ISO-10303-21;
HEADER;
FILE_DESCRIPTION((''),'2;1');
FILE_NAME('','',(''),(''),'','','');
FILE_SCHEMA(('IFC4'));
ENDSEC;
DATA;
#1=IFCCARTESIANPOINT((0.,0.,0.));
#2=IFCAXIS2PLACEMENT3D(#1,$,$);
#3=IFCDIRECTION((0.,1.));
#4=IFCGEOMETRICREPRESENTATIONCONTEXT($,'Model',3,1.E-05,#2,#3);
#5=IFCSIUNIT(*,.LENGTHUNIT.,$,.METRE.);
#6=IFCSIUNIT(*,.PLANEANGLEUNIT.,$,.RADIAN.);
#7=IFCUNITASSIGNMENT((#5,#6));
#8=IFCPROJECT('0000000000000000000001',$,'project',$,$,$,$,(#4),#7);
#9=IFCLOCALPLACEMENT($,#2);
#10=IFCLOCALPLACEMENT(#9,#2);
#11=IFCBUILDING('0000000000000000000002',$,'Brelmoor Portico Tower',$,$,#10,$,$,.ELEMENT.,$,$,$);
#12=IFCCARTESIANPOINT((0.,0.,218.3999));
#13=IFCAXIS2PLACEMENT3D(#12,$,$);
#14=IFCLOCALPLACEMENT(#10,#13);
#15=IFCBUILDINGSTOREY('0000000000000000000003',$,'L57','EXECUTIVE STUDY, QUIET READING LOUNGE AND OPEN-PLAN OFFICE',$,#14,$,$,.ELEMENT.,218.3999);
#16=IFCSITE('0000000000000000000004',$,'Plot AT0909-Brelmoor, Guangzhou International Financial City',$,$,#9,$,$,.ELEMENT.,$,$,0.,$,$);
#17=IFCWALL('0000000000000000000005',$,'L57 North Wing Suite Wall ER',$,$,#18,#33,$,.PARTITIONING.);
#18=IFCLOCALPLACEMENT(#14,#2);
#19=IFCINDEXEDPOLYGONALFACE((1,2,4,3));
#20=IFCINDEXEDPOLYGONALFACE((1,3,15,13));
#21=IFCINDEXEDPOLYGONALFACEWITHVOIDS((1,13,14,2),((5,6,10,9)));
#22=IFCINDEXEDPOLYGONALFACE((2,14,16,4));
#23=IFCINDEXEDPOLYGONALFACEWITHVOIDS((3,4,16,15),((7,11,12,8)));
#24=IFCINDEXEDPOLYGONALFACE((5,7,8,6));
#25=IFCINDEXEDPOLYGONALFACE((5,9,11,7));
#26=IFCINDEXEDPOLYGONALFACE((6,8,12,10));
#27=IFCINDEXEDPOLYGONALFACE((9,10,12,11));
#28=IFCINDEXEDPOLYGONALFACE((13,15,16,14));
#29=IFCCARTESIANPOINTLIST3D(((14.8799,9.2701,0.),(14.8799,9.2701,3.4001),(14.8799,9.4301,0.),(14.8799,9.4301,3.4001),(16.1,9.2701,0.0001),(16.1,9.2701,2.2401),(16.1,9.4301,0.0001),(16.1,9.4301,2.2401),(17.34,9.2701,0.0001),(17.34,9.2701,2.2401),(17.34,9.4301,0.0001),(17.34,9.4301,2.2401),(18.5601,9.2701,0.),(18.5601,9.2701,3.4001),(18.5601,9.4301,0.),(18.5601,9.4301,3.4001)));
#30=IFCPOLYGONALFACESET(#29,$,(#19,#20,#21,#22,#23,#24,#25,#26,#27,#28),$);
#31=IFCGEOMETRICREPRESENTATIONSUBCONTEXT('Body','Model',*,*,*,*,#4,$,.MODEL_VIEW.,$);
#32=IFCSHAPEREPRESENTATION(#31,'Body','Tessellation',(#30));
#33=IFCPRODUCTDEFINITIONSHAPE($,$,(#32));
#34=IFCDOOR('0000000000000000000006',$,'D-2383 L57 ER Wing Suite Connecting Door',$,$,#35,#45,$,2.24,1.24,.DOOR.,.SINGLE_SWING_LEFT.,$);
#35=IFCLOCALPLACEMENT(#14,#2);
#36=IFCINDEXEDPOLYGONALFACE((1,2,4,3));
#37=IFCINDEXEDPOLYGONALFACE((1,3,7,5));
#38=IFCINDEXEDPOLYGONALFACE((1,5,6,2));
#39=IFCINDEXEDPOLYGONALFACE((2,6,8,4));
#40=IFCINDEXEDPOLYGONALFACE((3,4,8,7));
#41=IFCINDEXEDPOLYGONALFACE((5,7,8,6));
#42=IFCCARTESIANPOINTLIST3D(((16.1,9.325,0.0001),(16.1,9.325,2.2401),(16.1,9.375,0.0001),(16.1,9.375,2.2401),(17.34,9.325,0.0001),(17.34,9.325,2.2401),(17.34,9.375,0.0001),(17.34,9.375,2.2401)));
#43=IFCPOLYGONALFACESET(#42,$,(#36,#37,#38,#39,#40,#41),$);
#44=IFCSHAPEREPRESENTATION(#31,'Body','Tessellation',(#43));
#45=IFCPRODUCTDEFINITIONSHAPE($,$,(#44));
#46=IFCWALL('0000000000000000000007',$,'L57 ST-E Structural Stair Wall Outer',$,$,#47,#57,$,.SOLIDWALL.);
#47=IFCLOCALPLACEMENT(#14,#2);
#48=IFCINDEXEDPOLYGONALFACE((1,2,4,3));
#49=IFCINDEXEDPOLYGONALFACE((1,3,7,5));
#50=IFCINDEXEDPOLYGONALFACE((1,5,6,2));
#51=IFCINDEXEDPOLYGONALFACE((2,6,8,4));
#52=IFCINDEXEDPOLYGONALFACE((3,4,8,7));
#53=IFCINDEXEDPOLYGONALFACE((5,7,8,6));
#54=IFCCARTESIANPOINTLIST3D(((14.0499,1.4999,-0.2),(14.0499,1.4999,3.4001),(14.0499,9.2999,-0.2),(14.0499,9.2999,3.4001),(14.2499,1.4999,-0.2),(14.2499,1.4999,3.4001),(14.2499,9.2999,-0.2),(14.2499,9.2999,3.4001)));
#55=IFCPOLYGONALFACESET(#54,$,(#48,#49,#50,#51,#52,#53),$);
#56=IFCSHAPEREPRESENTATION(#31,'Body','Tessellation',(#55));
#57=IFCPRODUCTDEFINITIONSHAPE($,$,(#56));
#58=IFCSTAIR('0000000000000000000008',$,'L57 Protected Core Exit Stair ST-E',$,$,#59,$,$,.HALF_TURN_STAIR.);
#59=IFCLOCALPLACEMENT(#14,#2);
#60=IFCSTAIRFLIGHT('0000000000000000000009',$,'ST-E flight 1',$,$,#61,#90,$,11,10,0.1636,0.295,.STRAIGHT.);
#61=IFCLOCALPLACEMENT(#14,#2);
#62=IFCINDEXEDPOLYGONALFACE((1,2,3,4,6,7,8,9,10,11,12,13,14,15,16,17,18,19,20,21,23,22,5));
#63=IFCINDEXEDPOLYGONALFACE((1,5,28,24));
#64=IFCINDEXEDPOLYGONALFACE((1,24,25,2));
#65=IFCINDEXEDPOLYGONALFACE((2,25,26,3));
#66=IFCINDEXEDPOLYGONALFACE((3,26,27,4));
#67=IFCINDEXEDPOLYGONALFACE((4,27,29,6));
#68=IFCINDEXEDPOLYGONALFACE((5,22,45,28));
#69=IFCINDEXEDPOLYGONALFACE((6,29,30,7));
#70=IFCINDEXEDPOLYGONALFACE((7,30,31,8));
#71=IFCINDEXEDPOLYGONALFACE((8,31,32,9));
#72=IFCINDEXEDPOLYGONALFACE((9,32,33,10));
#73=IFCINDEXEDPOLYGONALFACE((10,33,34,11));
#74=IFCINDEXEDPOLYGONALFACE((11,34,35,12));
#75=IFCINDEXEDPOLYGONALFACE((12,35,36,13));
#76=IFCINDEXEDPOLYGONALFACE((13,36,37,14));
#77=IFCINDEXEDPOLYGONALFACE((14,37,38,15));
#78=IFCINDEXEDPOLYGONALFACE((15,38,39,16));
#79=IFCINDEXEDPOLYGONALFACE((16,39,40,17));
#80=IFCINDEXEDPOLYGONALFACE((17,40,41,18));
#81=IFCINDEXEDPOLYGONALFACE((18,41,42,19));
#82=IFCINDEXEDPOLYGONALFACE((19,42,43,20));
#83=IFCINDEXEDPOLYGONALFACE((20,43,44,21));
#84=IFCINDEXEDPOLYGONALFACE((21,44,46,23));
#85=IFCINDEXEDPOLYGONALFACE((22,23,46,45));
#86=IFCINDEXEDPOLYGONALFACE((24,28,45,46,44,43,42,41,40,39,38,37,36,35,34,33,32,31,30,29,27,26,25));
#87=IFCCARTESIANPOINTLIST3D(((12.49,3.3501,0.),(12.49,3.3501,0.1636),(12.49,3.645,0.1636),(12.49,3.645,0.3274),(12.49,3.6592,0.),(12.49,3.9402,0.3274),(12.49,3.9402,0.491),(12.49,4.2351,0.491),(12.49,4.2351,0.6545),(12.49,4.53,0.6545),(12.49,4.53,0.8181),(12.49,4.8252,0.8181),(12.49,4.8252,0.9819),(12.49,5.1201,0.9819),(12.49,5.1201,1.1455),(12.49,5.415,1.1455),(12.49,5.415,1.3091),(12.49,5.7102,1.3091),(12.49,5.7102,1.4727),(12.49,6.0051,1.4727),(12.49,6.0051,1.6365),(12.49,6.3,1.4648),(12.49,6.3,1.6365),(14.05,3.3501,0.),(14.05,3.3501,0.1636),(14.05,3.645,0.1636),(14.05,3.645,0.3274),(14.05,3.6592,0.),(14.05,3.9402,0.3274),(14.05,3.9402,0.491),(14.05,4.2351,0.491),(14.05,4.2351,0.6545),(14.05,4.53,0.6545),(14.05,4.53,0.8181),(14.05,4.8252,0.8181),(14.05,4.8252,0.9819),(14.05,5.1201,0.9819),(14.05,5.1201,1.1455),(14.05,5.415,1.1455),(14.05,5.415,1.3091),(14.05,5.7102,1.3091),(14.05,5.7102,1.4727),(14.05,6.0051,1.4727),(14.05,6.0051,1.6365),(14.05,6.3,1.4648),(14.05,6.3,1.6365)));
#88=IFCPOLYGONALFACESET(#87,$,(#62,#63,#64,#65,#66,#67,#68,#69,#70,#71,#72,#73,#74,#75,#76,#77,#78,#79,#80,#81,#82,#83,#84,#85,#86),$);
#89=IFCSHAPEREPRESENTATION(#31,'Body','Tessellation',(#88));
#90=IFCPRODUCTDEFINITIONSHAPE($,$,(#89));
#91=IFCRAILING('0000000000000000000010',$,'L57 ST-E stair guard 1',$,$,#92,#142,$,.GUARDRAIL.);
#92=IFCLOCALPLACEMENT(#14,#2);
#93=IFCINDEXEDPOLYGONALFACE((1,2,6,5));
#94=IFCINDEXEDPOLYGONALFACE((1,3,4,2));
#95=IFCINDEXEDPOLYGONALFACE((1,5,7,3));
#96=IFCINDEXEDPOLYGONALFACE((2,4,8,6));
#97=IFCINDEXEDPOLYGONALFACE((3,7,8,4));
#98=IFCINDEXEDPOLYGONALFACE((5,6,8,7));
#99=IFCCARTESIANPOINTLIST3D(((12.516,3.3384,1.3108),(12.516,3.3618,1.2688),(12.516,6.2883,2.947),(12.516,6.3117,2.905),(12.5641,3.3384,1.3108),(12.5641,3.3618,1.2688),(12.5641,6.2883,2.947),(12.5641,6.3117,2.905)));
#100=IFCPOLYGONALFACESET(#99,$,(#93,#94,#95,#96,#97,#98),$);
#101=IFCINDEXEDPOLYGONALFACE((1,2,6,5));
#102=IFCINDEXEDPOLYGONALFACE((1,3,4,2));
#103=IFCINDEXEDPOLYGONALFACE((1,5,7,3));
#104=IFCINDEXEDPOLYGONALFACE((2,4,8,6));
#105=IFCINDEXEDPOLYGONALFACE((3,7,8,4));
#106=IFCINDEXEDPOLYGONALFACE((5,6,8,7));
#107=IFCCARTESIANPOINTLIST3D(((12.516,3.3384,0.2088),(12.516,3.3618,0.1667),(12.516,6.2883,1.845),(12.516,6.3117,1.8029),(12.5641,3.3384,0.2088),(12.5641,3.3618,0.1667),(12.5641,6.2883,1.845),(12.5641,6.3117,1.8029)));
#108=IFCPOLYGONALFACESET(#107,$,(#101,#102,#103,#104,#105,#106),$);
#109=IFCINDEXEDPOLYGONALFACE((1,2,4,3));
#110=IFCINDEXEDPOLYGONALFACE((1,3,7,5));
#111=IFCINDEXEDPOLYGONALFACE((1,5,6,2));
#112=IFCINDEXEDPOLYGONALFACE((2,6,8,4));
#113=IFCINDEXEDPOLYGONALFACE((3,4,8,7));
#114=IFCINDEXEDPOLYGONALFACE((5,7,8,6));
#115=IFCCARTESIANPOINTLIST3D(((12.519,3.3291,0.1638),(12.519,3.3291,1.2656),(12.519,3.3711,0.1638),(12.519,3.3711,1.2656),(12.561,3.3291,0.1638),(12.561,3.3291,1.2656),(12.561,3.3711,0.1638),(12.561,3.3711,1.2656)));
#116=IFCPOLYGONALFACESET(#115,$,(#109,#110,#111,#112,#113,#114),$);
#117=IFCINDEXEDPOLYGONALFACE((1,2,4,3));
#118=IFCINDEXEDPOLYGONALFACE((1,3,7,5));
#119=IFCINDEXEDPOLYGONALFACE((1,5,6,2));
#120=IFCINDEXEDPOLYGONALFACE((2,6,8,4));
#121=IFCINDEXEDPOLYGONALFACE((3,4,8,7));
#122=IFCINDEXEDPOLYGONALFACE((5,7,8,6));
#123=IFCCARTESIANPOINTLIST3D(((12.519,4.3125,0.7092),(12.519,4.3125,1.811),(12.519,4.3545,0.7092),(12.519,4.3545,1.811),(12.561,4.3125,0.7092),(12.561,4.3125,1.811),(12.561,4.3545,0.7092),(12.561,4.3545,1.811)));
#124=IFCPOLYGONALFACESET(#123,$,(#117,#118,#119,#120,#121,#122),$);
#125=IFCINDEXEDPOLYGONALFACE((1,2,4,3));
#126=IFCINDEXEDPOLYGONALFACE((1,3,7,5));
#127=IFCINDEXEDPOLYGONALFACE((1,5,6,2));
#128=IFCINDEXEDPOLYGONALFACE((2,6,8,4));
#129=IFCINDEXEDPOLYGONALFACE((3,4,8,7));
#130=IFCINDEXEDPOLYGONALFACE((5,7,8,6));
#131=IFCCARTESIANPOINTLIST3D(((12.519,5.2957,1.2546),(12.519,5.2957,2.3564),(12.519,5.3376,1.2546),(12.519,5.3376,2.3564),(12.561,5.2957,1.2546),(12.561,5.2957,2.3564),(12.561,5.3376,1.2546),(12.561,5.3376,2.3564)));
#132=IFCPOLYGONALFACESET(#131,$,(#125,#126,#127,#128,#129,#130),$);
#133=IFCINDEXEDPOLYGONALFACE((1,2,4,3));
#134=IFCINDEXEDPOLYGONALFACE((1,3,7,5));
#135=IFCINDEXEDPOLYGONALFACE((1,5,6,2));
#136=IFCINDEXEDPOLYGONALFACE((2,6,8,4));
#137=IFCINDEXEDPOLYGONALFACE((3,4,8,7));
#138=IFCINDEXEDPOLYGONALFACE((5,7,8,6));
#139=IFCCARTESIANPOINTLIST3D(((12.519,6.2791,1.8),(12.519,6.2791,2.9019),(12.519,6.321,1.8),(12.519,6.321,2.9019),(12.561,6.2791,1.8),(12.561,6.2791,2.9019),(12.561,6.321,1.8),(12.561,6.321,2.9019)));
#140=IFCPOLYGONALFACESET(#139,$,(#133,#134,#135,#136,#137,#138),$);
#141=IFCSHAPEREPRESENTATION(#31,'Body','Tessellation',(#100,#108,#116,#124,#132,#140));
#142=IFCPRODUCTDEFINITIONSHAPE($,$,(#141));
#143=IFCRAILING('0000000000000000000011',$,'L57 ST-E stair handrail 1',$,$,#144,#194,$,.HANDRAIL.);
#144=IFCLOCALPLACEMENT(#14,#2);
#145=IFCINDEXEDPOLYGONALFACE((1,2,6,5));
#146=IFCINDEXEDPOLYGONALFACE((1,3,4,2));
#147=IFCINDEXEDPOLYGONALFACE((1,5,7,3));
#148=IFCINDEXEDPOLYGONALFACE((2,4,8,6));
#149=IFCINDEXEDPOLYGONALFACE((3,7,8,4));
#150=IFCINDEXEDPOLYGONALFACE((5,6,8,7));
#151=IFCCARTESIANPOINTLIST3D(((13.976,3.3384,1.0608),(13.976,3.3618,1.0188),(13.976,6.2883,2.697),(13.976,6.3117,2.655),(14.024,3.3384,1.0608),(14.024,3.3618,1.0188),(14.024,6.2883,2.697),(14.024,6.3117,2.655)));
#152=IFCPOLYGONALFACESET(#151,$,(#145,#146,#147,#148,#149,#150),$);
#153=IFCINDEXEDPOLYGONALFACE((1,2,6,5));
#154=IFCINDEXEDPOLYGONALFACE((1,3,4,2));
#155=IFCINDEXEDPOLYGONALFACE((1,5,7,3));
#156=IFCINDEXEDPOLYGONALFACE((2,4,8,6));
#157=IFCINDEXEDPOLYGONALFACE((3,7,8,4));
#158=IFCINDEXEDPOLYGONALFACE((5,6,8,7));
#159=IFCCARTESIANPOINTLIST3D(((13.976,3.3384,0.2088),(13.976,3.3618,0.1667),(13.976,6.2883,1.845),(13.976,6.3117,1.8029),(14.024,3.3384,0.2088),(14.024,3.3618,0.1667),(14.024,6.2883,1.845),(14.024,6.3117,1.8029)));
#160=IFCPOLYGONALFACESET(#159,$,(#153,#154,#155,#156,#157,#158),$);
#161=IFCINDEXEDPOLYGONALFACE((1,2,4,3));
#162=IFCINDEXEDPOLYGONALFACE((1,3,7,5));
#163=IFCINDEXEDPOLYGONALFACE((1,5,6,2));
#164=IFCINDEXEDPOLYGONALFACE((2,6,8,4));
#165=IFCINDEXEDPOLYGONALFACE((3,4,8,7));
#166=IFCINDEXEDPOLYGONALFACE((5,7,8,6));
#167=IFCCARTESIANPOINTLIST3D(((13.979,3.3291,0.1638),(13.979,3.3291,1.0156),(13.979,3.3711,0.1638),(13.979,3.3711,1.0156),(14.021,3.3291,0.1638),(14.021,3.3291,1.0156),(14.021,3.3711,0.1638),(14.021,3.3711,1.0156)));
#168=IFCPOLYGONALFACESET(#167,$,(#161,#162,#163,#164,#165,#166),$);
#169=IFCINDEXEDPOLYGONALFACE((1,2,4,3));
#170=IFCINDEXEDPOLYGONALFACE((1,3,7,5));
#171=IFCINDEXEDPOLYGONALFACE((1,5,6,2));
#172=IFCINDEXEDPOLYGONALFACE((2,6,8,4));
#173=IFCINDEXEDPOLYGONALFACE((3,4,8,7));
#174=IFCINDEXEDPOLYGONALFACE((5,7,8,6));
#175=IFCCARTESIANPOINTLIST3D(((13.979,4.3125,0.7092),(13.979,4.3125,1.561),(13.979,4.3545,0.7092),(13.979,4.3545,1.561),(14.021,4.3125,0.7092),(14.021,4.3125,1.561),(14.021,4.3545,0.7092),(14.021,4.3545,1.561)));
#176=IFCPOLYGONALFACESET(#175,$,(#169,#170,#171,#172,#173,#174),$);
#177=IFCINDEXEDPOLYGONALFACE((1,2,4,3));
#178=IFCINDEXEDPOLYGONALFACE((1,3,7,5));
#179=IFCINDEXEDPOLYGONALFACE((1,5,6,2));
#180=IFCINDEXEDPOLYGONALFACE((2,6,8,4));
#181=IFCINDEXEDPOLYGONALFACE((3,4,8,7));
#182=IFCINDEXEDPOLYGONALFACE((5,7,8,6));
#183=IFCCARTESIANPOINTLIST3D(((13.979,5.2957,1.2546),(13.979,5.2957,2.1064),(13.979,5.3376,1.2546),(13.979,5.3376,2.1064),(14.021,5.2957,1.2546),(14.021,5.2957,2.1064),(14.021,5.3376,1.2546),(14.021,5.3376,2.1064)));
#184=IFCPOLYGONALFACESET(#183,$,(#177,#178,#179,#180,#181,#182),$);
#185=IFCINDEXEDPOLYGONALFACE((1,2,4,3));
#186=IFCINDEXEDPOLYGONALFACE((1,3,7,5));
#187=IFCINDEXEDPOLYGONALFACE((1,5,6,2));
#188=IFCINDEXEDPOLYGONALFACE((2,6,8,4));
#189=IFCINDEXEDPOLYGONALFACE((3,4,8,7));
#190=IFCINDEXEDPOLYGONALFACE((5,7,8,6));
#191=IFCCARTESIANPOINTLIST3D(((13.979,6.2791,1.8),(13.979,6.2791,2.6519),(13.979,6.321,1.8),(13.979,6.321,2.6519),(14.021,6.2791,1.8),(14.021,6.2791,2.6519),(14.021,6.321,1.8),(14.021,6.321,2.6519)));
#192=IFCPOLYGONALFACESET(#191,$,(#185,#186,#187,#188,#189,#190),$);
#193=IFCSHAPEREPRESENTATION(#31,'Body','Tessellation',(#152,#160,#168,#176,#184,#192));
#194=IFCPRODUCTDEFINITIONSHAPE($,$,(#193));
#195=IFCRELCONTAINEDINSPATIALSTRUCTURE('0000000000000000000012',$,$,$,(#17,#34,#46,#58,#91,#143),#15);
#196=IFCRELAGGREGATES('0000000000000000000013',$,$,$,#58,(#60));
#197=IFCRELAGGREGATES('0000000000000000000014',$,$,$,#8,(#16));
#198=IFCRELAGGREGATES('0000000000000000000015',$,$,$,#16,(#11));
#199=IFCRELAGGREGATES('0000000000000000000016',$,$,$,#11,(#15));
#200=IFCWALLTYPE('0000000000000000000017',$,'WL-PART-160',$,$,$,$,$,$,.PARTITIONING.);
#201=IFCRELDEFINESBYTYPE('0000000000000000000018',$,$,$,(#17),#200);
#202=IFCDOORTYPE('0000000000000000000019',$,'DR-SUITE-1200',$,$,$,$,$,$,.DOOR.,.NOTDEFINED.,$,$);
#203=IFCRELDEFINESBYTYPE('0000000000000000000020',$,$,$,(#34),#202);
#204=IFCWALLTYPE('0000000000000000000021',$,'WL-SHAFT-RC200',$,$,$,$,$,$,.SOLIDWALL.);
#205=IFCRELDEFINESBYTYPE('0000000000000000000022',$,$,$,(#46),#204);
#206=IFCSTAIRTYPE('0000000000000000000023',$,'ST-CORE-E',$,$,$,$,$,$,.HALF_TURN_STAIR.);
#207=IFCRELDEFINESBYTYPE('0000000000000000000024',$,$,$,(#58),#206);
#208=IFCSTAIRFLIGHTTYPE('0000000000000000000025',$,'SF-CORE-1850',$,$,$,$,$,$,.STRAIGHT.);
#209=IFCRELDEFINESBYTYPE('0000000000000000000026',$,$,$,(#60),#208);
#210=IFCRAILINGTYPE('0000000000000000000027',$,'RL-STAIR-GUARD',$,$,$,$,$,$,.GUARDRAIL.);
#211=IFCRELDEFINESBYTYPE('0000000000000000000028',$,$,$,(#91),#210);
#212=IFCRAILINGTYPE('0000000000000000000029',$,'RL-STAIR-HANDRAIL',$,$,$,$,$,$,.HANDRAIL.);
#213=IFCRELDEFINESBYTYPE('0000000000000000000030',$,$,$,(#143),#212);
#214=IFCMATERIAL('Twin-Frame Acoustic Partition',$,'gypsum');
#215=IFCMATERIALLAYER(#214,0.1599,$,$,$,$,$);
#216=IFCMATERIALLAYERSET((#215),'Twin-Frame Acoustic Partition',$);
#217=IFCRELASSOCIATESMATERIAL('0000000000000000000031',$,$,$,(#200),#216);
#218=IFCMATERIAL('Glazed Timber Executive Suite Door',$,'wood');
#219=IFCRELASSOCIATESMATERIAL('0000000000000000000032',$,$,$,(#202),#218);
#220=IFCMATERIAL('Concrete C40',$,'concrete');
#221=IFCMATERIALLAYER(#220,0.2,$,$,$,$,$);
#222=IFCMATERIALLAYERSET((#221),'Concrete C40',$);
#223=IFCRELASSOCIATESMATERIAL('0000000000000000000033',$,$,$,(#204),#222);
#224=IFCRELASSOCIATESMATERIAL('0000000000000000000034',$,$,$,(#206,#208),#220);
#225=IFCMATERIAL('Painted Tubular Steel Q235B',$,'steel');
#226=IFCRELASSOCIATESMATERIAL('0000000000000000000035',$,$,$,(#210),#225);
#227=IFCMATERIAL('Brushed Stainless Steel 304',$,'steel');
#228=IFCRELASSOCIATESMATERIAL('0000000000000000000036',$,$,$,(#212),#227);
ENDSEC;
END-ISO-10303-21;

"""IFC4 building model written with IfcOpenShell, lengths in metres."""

from ifc_helpers import new_model, si_unit, direction, frame, frame_2d, origin, origin_2d, place, context, subcontext, project, spatial, polyline, rectangle, outline, extrude, material, layer, layer_set, type_object, element, fill, aggregate, save


model = new_model("IFC4")

# Units and contexts
model_context = context("Model", 3, precision=1e-05, world=origin(), true_north=direction((0.0, 1.0)))
body_context = subcontext(model_context, "Body", "Model", "MODEL_VIEW")
ifc_project = project(units=[si_unit("LENGTHUNIT", "METRE"), si_unit("PLANEANGLEUNIT", "RADIAN")], contexts=[model_context])

# Site, building, storey
site_placement = place(None, origin())
site = spatial("IfcSite", under=ifc_project, at=site_placement, Name="Plot AT0909-Brelmoor, Guangzhou International Financial City", CompositionType="ELEMENT", RefElevation=0.0)
building_placement = place(site_placement, origin())
building = spatial("IfcBuilding", under=site, at=building_placement, Name="Brelmoor Portico Tower", CompositionType="ELEMENT")
storey_placement = place(building_placement, frame((0.0, 0.0, 218.3999)))
storey = spatial("IfcBuildingStorey", under=building, at=storey_placement, Name="L57", Description="EXECUTIVE STUDY, QUIET READING LOUNGE AND OPEN-PLAN OFFICE", CompositionType="ELEMENT", Elevation=218.3999)

# Wall, opening, door
ifc_material_1 = material(Name="Twin-Frame Acoustic Partition", Category="gypsum")
ifc_layer_1 = layer(ifc_material_1, 0.1599)
ifc_layer_set_1 = layer_set([ifc_layer_1], Name="Twin-Frame Acoustic Partition")
wall_type_1 = type_object("IfcWallType", Name="WL-PART-160", PredefinedType="PARTITIONING", material=ifc_layer_set_1)
wall_1_placement = place(storey_placement, frame((14.8799, 9.3501, 0.0), z_axis=(0.0, 0.0, 1.0), x_axis=(1.0, 0.0, 0.0)))
wall_1 = element("IfcWall", 1, at=wall_1_placement, inside=storey, type_object=wall_type_1, Name="L57 North Wing Suite Wall ER", PredefinedType="PARTITIONING", context=body_context, shape_type="SweptSolid", body=[
    extrude(rectangle(XDim=3.6802, YDim=0.1599, at=frame_2d((1.8401, 0.0))), origin(), (0.0, 0.0, 1.0), 3.4001),
])
opening_placement = place(wall_1_placement, frame((1.22, 0.0, 0.0)))
opening = element("IfcOpeningElement", 2, at=opening_placement, cuts=wall_1, PredefinedType="OPENING", context=body_context, shape_type="SweptSolid", body=[
    extrude(rectangle(XDim=1.24, YDim=2.24, at=frame_2d((0.6201, 1.1201))), frame((0.0, 0.0898, 0.0), z_axis=(0.0, -1.0, 0.0), x_axis=(1.0, 0.0, 0.0)), (0.0, 0.0, 1.0), 0.1799),
])
ifc_material_2 = material(Name="Glazed Timber Executive Suite Door", Category="wood")
door_type = type_object("IfcDoorType", Name="DR-SUITE-1200", OperationType="NOTDEFINED", PredefinedType="DOOR", material=ifc_material_2)
door_placement = place(opening_placement, origin())
door = element("IfcDoor", 3, at=door_placement, inside=storey, type_object=door_type, Name="D-2383 L57 ER Wing Suite Connecting Door", OperationType="SINGLE_SWING_LEFT", OverallHeight=2.24, OverallWidth=1.24, PredefinedType="DOOR", context=body_context, shape_type="SweptSolid", body=[
    extrude(rectangle(XDim=1.24, YDim=2.24, at=frame_2d((0.6201, 1.1201))), frame((0.0, 0.0249, 0.0), z_axis=(0.0, -1.0, 0.0), x_axis=(1.0, 0.0, 0.0)), (0.0, 0.0, 1.0), 0.05),
])
fill(opening, door)

# Wall
ifc_material_3 = material(Name="Concrete C40", Category="concrete")
ifc_layer_2 = layer(ifc_material_3, 0.2)
ifc_layer_set_2 = layer_set([ifc_layer_2], Name="Concrete C40")
wall_type_2 = type_object("IfcWallType", Name="WL-SHAFT-RC200", PredefinedType="SOLIDWALL", material=ifc_layer_set_2)
wall_2_placement = place(storey_placement, frame((14.1499, 1.5, -0.2), z_axis=(0.0, 0.0, 1.0), x_axis=(0.0, 1.0, 0.0)))
element("IfcWall", 4, at=wall_2_placement, inside=storey, type_object=wall_type_2, Name="L57 ST-E Structural Stair Wall Outer", PredefinedType="SOLIDWALL", context=body_context, shape_type="SweptSolid", body=[
    extrude(rectangle(XDim=7.8, YDim=0.2, at=frame_2d((3.8999, 0.0))), origin(), (0.0, 0.0, 1.0), 3.6001),
])

# Stair, stair flight
stair_type = type_object("IfcStairType", Name="ST-CORE-E", PredefinedType="HALF_TURN_STAIR", material=ifc_material_3)
stair_placement = place(storey_placement, origin())
stair = element("IfcStair", 5, at=stair_placement, inside=storey, type_object=stair_type, Name="L57 Protected Core Exit Stair ST-E", PredefinedType="HALF_TURN_STAIR")
stair_flight_type = type_object("IfcStairFlightType", Name="SF-CORE-1850", PredefinedType="STRAIGHT", material=ifc_material_3)
stair_flight_placement = place(storey_placement, frame((13.27, 3.3501, 0.0), z_axis=(0.0, 0.0, 1.0), x_axis=(0.0, 1.0, 0.0)))
stair_flight = element("IfcStairFlight", 6, at=stair_flight_placement, type_object=stair_flight_type, Name="ST-E flight 1", NumberOfRisers=11, NumberOfTreads=10, PredefinedType="STRAIGHT", RiserHeight=0.1636, TreadLength=0.295, context=body_context, shape_type="SweptSolid", body=[
    extrude(outline(polyline([(0.0, 0.0), (0.0, 0.1636), (0.2949, 0.1636), (0.2949, 0.3274), (0.5901, 0.3274), (0.5901, 0.491), (0.885, 0.491), (0.885, 0.6545), (1.1799, 0.6545), (1.1799, 0.8181), (1.4751, 0.8181), (1.4751, 0.9819), (1.77, 0.9819), (1.77, 1.1455), (2.0649, 1.1455), (2.0649, 1.3091), (2.3601, 1.3091), (2.3601, 1.4727), (2.655, 1.4727), (2.655, 1.6365), (2.95, 1.6365), (2.95, 1.8), (2.95, 1.4648), (0.3091, 0.0), (0.0, 0.0)])), frame((0.0, 0.78, 0.0), z_axis=(0.0, -1.0, 0.0), x_axis=(1.0, 0.0, 0.0)), (0.0, 0.0, 1.0), 1.5601),
])
aggregate(stair, [stair_flight])

# Railings
ifc_material_4 = material(Name="Painted Tubular Steel Q235B", Category="steel")
railing_type_1 = type_object("IfcRailingType", Name="RL-STAIR-GUARD", PredefinedType="GUARDRAIL", material=ifc_material_4)
railing_1_placement = place(storey_placement, frame((12.54, 3.3501, 0.1638)))
element("IfcRailing", 7, at=railing_1_placement, inside=storey, type_object=railing_type_1, Name="L57 ST-E stair guard 1", PredefinedType="GUARDRAIL", context=body_context, shape_type="SweptSolid", body=[
    extrude(rectangle(XDim=0.0481, YDim=0.0481, at=origin_2d()), frame((0.0, 0.0, 1.126), z_axis=(0.0, 0.874488, 0.485047), x_axis=(-1.0, 0.0, 0.0)), (0.0, 0.0, 1.0), 3.3733),
    extrude(rectangle(XDim=0.0481, YDim=0.0481, at=origin_2d()), frame((0.0, 0.0, 0.0239), z_axis=(0.0, 0.874488, 0.485047), x_axis=(-1.0, 0.0, 0.0)), (0.0, 0.0, 1.0), 3.3733),
    extrude(rectangle(XDim=0.042, YDim=0.042, at=origin_2d()), origin(), (0.0, 0.0, 1.0), 1.1018),
    extrude(rectangle(XDim=0.042, YDim=0.042, at=origin_2d()), frame((0.0, 0.9834, 0.5454)), (0.0, 0.0, 1.0), 1.1018),
    extrude(rectangle(XDim=0.042, YDim=0.042, at=origin_2d()), frame((0.0, 1.9666, 1.0908)), (0.0, 0.0, 1.0), 1.1018),
    extrude(rectangle(XDim=0.042, YDim=0.042, at=origin_2d()), frame((0.0, 2.95, 1.6362)), (0.0, 0.0, 1.0), 1.1018),
])
ifc_material_5 = material(Name="Brushed Stainless Steel 304", Category="steel")
railing_type_2 = type_object("IfcRailingType", Name="RL-STAIR-HANDRAIL", PredefinedType="HANDRAIL", material=ifc_material_5)
railing_2_placement = place(storey_placement, frame((14.0, 3.3501, 0.1638)))
element("IfcRailing", 8, at=railing_2_placement, inside=storey, type_object=railing_type_2, Name="L57 ST-E stair handrail 1", PredefinedType="HANDRAIL", context=body_context, shape_type="SweptSolid", body=[
    extrude(rectangle(XDim=0.0481, YDim=0.0481, at=origin_2d()), frame((0.0, 0.0, 0.876), z_axis=(0.0, 0.874488, 0.485047), x_axis=(-1.0, 0.0, 0.0)), (0.0, 0.0, 1.0), 3.3733),
    extrude(rectangle(XDim=0.0481, YDim=0.0481, at=origin_2d()), frame((0.0, 0.0, 0.0239), z_axis=(0.0, 0.874488, 0.485047), x_axis=(-1.0, 0.0, 0.0)), (0.0, 0.0, 1.0), 3.3733),
    extrude(rectangle(XDim=0.042, YDim=0.042, at=origin_2d()), origin(), (0.0, 0.0, 1.0), 0.8518),
    extrude(rectangle(XDim=0.042, YDim=0.042, at=origin_2d()), frame((0.0, 0.9834, 0.5454)), (0.0, 0.0, 1.0), 0.8518),
    extrude(rectangle(XDim=0.042, YDim=0.042, at=origin_2d()), frame((0.0, 1.9666, 1.0908)), (0.0, 0.0, 1.0), 0.8518),
    extrude(rectangle(XDim=0.042, YDim=0.042, at=origin_2d()), frame((0.0, 2.95, 1.6362)), (0.0, 0.0, 1.0), 0.8518),
])

save(model, "model.ifc")
